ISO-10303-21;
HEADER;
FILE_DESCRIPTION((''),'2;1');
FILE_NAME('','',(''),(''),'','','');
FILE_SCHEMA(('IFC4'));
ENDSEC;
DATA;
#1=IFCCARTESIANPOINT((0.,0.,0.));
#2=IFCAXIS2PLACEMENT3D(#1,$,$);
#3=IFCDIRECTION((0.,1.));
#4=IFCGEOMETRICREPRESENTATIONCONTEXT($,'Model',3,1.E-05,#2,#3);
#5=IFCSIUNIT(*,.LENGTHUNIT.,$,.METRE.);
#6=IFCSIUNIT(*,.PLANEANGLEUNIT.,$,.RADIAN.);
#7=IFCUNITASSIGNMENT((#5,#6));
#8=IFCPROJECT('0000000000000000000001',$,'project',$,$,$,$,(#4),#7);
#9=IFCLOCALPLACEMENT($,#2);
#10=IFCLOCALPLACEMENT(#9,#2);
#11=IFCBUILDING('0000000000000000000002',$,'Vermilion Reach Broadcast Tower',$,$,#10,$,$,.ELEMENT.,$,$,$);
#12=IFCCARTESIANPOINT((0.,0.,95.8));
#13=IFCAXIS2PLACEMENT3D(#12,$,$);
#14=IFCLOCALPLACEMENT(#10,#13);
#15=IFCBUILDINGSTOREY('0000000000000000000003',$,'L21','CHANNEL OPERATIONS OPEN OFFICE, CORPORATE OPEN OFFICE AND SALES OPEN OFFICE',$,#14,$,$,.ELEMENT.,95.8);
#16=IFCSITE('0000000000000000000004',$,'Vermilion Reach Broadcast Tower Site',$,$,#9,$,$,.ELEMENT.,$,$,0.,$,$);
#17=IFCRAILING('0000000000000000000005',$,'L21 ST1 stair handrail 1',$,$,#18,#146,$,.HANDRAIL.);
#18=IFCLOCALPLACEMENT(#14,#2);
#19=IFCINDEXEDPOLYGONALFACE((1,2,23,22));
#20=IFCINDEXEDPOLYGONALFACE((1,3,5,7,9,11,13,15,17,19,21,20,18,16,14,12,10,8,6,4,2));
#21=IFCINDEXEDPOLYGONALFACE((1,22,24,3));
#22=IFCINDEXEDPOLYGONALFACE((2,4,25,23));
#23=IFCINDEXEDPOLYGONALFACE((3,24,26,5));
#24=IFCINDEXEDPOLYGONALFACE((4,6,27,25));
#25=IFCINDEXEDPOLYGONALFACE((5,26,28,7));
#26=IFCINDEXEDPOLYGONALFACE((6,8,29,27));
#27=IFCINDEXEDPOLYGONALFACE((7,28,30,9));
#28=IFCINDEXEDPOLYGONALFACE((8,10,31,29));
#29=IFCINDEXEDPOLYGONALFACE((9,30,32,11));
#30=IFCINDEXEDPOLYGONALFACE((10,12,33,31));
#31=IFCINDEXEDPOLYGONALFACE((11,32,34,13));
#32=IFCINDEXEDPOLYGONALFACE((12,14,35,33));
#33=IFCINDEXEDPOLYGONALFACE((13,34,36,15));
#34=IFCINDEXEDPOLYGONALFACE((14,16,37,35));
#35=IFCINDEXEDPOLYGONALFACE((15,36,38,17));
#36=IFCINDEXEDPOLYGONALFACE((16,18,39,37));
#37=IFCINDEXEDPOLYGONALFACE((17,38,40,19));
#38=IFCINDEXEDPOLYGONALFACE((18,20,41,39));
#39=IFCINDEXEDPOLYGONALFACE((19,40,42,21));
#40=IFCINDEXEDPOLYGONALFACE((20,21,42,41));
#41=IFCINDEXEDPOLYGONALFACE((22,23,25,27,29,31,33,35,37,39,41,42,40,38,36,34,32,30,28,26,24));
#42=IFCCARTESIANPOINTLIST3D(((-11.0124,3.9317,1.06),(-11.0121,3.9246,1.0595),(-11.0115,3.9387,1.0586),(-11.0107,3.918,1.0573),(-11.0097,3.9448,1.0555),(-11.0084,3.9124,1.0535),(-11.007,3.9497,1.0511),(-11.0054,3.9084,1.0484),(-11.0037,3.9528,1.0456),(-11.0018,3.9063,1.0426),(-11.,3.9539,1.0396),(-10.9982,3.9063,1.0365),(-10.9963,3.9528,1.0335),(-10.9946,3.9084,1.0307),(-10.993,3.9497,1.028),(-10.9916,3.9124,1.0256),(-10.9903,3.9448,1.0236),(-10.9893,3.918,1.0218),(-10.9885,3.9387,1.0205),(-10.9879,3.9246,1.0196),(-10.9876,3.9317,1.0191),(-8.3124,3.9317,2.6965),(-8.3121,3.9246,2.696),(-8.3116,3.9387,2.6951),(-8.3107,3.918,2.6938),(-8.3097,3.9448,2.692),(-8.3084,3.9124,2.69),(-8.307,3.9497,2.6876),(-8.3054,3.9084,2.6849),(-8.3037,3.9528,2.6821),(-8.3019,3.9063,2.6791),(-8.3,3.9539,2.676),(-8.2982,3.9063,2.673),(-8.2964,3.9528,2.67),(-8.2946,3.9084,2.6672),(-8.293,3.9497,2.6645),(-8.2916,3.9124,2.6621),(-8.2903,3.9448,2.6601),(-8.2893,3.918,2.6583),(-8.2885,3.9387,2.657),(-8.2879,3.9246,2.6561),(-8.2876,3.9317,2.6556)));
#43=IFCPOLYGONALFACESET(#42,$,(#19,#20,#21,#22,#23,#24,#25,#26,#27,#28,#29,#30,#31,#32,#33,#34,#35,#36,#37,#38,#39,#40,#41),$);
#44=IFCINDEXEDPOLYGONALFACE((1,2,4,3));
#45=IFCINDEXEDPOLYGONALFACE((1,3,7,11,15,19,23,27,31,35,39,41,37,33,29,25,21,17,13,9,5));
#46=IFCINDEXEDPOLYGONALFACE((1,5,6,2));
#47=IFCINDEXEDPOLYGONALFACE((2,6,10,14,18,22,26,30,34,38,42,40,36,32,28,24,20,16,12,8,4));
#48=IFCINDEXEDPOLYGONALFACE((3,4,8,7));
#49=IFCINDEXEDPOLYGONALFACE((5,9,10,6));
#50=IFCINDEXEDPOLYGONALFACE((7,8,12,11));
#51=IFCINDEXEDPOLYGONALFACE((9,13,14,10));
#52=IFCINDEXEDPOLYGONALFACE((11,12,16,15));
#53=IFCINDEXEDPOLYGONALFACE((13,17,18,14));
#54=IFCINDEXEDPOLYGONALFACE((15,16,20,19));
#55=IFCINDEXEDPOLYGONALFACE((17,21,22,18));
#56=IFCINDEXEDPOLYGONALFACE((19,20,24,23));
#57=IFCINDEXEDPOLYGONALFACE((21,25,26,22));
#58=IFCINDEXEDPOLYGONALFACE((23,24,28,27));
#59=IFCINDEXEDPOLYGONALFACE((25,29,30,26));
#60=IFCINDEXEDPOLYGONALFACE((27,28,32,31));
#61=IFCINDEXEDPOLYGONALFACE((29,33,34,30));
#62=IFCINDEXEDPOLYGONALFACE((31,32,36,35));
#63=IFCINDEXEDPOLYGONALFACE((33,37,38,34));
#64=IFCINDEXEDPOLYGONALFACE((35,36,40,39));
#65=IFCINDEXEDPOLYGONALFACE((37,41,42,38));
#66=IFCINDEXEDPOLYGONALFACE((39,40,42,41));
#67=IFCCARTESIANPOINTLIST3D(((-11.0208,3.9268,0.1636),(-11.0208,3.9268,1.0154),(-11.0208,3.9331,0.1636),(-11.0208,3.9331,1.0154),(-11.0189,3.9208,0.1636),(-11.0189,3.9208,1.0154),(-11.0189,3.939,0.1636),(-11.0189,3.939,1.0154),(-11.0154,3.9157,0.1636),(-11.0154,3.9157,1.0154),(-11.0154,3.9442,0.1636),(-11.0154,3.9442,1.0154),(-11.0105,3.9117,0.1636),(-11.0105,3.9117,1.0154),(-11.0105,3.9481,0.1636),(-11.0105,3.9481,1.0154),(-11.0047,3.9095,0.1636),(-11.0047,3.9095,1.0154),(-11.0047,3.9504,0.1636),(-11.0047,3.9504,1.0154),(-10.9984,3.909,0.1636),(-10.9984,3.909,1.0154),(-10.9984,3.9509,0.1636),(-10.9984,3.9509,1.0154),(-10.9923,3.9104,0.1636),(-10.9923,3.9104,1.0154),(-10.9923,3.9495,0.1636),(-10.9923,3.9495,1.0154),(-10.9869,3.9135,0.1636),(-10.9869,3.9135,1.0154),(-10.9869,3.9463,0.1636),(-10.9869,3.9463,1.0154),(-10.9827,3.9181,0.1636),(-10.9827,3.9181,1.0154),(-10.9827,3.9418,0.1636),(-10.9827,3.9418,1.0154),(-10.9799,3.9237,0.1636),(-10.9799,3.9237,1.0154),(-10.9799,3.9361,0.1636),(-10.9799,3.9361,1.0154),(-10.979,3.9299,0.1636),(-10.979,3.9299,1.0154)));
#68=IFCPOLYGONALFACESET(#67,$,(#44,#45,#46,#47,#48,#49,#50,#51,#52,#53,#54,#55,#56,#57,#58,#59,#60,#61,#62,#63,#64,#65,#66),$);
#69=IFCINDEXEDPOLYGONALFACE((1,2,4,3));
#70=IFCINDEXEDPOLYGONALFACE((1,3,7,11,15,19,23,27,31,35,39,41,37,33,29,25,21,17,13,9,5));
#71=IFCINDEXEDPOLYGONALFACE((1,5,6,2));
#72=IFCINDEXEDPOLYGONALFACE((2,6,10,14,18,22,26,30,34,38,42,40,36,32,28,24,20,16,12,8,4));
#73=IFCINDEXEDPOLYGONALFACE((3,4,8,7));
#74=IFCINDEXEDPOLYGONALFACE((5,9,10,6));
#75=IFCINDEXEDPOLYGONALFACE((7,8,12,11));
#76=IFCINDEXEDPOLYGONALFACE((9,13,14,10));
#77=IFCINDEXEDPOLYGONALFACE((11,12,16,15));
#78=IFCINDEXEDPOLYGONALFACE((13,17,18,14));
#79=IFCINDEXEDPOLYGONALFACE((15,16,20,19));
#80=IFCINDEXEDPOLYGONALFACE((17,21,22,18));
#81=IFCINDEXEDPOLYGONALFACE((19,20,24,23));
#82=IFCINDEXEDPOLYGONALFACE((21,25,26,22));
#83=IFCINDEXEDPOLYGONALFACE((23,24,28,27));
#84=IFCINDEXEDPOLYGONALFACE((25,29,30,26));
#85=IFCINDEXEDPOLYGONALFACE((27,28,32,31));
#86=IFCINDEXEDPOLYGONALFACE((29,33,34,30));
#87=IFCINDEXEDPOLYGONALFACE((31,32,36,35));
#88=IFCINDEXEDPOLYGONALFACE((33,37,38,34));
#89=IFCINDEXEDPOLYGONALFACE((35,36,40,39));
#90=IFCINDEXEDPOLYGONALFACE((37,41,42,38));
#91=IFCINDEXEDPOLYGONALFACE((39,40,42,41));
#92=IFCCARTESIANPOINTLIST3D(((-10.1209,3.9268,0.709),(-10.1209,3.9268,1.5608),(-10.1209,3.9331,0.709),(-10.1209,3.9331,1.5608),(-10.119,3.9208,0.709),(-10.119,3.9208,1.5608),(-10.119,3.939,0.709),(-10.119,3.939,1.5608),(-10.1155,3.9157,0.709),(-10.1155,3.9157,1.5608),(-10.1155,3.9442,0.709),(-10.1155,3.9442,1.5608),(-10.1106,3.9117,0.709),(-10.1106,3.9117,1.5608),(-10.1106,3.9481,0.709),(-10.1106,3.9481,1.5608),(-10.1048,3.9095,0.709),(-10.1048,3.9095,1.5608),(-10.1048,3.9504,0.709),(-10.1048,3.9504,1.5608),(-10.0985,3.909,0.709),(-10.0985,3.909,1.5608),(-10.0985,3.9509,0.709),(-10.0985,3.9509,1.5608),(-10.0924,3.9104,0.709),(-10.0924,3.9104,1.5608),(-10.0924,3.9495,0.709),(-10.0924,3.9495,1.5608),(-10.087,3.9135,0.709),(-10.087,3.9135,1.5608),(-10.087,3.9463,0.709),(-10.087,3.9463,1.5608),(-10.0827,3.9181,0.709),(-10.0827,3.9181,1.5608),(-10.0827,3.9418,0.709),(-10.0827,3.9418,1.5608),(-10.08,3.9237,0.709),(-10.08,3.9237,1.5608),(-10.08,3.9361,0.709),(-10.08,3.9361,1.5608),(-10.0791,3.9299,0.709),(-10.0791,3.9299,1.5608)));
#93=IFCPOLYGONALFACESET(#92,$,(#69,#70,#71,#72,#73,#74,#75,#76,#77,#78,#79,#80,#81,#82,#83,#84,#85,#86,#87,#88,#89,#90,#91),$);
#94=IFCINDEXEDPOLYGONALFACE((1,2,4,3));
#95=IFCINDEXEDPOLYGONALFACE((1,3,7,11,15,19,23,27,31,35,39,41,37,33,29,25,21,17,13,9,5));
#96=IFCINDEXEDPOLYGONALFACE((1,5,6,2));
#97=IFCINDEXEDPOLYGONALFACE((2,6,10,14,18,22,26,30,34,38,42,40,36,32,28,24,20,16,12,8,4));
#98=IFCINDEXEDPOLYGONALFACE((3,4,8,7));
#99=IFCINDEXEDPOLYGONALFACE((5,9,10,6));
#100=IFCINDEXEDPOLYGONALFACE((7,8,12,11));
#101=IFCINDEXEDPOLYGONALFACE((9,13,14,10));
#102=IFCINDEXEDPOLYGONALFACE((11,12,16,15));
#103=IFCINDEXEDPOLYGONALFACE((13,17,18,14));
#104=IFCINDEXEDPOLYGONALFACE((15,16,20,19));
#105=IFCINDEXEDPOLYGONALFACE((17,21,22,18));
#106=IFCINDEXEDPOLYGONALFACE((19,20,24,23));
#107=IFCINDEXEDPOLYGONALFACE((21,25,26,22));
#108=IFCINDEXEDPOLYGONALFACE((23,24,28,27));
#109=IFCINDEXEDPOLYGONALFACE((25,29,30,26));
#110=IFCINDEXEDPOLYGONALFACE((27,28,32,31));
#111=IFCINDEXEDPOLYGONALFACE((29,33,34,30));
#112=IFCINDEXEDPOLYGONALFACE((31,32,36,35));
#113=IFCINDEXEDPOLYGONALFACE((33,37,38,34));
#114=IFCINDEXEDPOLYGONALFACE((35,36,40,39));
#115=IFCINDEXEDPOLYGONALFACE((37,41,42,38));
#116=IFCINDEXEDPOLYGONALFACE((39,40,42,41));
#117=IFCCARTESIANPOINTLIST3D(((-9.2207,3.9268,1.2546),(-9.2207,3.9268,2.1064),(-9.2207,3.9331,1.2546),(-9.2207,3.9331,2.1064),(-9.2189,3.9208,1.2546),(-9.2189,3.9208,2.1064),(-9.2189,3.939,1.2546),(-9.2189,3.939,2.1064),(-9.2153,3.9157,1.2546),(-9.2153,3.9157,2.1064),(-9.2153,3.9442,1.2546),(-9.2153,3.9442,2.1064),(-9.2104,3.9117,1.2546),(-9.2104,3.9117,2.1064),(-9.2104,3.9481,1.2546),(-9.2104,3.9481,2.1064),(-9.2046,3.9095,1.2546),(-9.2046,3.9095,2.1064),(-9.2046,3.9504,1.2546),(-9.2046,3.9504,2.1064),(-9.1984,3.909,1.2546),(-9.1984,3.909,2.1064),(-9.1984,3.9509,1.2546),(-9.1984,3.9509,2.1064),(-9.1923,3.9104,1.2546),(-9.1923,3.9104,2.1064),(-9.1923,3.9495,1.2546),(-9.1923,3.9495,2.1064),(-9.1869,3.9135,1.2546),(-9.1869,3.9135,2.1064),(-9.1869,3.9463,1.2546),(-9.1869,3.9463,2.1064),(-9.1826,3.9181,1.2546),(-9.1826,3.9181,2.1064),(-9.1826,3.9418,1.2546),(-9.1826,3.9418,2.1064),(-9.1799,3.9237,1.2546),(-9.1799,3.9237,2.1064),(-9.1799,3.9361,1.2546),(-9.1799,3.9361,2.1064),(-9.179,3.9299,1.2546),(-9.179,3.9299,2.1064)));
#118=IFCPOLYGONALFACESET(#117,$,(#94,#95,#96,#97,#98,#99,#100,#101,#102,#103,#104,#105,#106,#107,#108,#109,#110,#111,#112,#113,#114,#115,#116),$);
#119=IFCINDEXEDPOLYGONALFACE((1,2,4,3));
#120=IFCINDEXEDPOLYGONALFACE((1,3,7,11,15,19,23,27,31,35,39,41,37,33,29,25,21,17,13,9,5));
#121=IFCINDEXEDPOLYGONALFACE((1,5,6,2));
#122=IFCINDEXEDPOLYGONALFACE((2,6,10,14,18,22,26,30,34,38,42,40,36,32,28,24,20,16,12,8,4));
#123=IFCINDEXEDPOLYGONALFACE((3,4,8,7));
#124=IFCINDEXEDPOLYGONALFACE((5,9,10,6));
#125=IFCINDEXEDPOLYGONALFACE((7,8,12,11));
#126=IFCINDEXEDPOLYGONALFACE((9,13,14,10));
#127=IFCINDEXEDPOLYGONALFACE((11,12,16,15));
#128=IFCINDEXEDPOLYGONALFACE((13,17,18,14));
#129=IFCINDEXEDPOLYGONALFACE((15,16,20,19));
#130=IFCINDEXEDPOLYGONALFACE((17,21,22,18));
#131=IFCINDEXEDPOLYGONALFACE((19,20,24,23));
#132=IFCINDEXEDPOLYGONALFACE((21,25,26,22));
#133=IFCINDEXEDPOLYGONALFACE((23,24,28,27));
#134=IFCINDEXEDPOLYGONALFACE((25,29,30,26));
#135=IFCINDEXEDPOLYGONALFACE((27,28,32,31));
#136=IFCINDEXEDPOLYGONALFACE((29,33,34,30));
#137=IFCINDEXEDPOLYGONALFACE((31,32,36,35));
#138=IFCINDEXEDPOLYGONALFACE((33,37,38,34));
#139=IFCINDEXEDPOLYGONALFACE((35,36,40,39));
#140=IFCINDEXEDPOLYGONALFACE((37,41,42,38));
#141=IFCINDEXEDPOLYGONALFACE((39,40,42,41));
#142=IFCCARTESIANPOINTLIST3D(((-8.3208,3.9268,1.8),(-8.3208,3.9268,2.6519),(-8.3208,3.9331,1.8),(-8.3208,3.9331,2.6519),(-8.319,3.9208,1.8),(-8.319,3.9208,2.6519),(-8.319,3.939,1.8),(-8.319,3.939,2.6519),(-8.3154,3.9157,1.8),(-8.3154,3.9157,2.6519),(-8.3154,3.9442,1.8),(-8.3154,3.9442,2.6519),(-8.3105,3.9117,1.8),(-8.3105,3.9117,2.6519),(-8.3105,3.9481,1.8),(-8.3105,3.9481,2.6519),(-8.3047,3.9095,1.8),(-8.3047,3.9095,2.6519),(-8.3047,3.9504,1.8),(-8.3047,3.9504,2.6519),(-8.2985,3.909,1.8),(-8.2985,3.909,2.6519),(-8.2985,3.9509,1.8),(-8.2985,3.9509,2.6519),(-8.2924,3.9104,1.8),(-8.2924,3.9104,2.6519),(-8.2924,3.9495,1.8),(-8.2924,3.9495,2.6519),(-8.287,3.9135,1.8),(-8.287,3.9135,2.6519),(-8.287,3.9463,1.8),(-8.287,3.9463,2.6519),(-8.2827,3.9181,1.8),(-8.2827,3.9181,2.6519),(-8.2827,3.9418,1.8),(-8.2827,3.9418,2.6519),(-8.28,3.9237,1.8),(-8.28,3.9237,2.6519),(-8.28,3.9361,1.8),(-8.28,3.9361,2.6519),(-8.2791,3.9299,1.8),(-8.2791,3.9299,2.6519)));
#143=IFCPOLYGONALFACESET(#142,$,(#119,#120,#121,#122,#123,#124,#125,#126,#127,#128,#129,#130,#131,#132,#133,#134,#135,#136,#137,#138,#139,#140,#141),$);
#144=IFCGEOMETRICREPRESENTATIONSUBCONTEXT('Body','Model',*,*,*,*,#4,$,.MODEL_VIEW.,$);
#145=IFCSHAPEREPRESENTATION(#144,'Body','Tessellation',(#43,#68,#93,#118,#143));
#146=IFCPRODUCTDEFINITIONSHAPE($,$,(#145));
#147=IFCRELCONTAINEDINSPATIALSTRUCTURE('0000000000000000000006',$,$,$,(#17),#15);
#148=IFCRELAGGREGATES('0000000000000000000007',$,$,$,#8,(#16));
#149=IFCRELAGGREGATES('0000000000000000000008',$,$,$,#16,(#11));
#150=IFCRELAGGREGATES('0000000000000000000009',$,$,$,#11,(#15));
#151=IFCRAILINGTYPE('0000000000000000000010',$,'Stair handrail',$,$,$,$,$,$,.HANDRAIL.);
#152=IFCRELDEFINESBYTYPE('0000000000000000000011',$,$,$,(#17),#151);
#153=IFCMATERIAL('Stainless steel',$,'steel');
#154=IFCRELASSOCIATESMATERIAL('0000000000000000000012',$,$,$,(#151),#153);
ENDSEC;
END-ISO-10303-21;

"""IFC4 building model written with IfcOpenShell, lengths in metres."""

from ifc_helpers import new_model, si_unit, direction, frame, origin, origin_2d, place, context, subcontext, project, spatial, circle, extrude, material, type_object, element, save


model = new_model("IFC4")

# Units and contexts
model_context = context("Model", 3, precision=1e-05, world=origin(), true_north=direction((0.0, 1.0)))
body_context = subcontext(model_context, "Body", "Model", "MODEL_VIEW")
ifc_project = project(units=[si_unit("LENGTHUNIT", "METRE"), si_unit("PLANEANGLEUNIT", "RADIAN")], contexts=[model_context])

# Site, building, storey
site_placement = place(None, origin())
site = spatial("IfcSite", under=ifc_project, at=site_placement, Name="Vermilion Reach Broadcast Tower Site", CompositionType="ELEMENT", RefElevation=0.0)
building_placement = place(site_placement, origin())
building = spatial("IfcBuilding", under=site, at=building_placement, Name="Vermilion Reach Broadcast Tower", CompositionType="ELEMENT")
storey_placement = place(building_placement, frame((0.0, 0.0, 95.8)))
storey = spatial("IfcBuildingStorey", under=building, at=storey_placement, Name="L21", Description="CHANNEL OPERATIONS OPEN OFFICE, CORPORATE OPEN OFFICE AND SALES OPEN OFFICE", CompositionType="ELEMENT", Elevation=95.8)

# Railing
ifc_material_1 = material(Name="Stainless steel", Category="steel")
railing_type_1 = type_object("IfcRailingType", Name="Stair handrail", PredefinedType="HANDRAIL", material=ifc_material_1)
railing_1_placement = place(storey_placement, frame((-11.0, 3.9299, 0.1636)))
element("IfcRailing", 1, at=railing_1_placement, inside=storey, type_object=railing_type_1, Name="L21 ST1 stair handrail 1", PredefinedType="HANDRAIL", context=body_context, shape_type="SweptSolid", body=[
    extrude(circle(Radius=0.0239, at=origin_2d()), frame((0.0, 0.0, 0.876), z_axis=(0.855178, 0.0, 0.518334), x_axis=(0.0, 1.0, 0.0)), (0.0, 0.0, 1.0), 3.1572),
    extrude(circle(Radius=0.021, at=origin_2d()), origin(), (0.0, 0.0, 1.0), 0.8518),
    extrude(circle(Radius=0.021, at=origin_2d()), frame((0.8999, 0.0, 0.5454)), (0.0, 0.0, 1.0), 0.8518),
    extrude(circle(Radius=0.021, at=origin_2d()), frame((1.8, 0.0, 1.0911)), (0.0, 0.0, 1.0), 0.8518),
    extrude(circle(Radius=0.021, at=origin_2d()), frame((2.7, 0.0, 1.6365)), (0.0, 0.0, 1.0), 0.8518),
])

save(model, "model.ifc")
